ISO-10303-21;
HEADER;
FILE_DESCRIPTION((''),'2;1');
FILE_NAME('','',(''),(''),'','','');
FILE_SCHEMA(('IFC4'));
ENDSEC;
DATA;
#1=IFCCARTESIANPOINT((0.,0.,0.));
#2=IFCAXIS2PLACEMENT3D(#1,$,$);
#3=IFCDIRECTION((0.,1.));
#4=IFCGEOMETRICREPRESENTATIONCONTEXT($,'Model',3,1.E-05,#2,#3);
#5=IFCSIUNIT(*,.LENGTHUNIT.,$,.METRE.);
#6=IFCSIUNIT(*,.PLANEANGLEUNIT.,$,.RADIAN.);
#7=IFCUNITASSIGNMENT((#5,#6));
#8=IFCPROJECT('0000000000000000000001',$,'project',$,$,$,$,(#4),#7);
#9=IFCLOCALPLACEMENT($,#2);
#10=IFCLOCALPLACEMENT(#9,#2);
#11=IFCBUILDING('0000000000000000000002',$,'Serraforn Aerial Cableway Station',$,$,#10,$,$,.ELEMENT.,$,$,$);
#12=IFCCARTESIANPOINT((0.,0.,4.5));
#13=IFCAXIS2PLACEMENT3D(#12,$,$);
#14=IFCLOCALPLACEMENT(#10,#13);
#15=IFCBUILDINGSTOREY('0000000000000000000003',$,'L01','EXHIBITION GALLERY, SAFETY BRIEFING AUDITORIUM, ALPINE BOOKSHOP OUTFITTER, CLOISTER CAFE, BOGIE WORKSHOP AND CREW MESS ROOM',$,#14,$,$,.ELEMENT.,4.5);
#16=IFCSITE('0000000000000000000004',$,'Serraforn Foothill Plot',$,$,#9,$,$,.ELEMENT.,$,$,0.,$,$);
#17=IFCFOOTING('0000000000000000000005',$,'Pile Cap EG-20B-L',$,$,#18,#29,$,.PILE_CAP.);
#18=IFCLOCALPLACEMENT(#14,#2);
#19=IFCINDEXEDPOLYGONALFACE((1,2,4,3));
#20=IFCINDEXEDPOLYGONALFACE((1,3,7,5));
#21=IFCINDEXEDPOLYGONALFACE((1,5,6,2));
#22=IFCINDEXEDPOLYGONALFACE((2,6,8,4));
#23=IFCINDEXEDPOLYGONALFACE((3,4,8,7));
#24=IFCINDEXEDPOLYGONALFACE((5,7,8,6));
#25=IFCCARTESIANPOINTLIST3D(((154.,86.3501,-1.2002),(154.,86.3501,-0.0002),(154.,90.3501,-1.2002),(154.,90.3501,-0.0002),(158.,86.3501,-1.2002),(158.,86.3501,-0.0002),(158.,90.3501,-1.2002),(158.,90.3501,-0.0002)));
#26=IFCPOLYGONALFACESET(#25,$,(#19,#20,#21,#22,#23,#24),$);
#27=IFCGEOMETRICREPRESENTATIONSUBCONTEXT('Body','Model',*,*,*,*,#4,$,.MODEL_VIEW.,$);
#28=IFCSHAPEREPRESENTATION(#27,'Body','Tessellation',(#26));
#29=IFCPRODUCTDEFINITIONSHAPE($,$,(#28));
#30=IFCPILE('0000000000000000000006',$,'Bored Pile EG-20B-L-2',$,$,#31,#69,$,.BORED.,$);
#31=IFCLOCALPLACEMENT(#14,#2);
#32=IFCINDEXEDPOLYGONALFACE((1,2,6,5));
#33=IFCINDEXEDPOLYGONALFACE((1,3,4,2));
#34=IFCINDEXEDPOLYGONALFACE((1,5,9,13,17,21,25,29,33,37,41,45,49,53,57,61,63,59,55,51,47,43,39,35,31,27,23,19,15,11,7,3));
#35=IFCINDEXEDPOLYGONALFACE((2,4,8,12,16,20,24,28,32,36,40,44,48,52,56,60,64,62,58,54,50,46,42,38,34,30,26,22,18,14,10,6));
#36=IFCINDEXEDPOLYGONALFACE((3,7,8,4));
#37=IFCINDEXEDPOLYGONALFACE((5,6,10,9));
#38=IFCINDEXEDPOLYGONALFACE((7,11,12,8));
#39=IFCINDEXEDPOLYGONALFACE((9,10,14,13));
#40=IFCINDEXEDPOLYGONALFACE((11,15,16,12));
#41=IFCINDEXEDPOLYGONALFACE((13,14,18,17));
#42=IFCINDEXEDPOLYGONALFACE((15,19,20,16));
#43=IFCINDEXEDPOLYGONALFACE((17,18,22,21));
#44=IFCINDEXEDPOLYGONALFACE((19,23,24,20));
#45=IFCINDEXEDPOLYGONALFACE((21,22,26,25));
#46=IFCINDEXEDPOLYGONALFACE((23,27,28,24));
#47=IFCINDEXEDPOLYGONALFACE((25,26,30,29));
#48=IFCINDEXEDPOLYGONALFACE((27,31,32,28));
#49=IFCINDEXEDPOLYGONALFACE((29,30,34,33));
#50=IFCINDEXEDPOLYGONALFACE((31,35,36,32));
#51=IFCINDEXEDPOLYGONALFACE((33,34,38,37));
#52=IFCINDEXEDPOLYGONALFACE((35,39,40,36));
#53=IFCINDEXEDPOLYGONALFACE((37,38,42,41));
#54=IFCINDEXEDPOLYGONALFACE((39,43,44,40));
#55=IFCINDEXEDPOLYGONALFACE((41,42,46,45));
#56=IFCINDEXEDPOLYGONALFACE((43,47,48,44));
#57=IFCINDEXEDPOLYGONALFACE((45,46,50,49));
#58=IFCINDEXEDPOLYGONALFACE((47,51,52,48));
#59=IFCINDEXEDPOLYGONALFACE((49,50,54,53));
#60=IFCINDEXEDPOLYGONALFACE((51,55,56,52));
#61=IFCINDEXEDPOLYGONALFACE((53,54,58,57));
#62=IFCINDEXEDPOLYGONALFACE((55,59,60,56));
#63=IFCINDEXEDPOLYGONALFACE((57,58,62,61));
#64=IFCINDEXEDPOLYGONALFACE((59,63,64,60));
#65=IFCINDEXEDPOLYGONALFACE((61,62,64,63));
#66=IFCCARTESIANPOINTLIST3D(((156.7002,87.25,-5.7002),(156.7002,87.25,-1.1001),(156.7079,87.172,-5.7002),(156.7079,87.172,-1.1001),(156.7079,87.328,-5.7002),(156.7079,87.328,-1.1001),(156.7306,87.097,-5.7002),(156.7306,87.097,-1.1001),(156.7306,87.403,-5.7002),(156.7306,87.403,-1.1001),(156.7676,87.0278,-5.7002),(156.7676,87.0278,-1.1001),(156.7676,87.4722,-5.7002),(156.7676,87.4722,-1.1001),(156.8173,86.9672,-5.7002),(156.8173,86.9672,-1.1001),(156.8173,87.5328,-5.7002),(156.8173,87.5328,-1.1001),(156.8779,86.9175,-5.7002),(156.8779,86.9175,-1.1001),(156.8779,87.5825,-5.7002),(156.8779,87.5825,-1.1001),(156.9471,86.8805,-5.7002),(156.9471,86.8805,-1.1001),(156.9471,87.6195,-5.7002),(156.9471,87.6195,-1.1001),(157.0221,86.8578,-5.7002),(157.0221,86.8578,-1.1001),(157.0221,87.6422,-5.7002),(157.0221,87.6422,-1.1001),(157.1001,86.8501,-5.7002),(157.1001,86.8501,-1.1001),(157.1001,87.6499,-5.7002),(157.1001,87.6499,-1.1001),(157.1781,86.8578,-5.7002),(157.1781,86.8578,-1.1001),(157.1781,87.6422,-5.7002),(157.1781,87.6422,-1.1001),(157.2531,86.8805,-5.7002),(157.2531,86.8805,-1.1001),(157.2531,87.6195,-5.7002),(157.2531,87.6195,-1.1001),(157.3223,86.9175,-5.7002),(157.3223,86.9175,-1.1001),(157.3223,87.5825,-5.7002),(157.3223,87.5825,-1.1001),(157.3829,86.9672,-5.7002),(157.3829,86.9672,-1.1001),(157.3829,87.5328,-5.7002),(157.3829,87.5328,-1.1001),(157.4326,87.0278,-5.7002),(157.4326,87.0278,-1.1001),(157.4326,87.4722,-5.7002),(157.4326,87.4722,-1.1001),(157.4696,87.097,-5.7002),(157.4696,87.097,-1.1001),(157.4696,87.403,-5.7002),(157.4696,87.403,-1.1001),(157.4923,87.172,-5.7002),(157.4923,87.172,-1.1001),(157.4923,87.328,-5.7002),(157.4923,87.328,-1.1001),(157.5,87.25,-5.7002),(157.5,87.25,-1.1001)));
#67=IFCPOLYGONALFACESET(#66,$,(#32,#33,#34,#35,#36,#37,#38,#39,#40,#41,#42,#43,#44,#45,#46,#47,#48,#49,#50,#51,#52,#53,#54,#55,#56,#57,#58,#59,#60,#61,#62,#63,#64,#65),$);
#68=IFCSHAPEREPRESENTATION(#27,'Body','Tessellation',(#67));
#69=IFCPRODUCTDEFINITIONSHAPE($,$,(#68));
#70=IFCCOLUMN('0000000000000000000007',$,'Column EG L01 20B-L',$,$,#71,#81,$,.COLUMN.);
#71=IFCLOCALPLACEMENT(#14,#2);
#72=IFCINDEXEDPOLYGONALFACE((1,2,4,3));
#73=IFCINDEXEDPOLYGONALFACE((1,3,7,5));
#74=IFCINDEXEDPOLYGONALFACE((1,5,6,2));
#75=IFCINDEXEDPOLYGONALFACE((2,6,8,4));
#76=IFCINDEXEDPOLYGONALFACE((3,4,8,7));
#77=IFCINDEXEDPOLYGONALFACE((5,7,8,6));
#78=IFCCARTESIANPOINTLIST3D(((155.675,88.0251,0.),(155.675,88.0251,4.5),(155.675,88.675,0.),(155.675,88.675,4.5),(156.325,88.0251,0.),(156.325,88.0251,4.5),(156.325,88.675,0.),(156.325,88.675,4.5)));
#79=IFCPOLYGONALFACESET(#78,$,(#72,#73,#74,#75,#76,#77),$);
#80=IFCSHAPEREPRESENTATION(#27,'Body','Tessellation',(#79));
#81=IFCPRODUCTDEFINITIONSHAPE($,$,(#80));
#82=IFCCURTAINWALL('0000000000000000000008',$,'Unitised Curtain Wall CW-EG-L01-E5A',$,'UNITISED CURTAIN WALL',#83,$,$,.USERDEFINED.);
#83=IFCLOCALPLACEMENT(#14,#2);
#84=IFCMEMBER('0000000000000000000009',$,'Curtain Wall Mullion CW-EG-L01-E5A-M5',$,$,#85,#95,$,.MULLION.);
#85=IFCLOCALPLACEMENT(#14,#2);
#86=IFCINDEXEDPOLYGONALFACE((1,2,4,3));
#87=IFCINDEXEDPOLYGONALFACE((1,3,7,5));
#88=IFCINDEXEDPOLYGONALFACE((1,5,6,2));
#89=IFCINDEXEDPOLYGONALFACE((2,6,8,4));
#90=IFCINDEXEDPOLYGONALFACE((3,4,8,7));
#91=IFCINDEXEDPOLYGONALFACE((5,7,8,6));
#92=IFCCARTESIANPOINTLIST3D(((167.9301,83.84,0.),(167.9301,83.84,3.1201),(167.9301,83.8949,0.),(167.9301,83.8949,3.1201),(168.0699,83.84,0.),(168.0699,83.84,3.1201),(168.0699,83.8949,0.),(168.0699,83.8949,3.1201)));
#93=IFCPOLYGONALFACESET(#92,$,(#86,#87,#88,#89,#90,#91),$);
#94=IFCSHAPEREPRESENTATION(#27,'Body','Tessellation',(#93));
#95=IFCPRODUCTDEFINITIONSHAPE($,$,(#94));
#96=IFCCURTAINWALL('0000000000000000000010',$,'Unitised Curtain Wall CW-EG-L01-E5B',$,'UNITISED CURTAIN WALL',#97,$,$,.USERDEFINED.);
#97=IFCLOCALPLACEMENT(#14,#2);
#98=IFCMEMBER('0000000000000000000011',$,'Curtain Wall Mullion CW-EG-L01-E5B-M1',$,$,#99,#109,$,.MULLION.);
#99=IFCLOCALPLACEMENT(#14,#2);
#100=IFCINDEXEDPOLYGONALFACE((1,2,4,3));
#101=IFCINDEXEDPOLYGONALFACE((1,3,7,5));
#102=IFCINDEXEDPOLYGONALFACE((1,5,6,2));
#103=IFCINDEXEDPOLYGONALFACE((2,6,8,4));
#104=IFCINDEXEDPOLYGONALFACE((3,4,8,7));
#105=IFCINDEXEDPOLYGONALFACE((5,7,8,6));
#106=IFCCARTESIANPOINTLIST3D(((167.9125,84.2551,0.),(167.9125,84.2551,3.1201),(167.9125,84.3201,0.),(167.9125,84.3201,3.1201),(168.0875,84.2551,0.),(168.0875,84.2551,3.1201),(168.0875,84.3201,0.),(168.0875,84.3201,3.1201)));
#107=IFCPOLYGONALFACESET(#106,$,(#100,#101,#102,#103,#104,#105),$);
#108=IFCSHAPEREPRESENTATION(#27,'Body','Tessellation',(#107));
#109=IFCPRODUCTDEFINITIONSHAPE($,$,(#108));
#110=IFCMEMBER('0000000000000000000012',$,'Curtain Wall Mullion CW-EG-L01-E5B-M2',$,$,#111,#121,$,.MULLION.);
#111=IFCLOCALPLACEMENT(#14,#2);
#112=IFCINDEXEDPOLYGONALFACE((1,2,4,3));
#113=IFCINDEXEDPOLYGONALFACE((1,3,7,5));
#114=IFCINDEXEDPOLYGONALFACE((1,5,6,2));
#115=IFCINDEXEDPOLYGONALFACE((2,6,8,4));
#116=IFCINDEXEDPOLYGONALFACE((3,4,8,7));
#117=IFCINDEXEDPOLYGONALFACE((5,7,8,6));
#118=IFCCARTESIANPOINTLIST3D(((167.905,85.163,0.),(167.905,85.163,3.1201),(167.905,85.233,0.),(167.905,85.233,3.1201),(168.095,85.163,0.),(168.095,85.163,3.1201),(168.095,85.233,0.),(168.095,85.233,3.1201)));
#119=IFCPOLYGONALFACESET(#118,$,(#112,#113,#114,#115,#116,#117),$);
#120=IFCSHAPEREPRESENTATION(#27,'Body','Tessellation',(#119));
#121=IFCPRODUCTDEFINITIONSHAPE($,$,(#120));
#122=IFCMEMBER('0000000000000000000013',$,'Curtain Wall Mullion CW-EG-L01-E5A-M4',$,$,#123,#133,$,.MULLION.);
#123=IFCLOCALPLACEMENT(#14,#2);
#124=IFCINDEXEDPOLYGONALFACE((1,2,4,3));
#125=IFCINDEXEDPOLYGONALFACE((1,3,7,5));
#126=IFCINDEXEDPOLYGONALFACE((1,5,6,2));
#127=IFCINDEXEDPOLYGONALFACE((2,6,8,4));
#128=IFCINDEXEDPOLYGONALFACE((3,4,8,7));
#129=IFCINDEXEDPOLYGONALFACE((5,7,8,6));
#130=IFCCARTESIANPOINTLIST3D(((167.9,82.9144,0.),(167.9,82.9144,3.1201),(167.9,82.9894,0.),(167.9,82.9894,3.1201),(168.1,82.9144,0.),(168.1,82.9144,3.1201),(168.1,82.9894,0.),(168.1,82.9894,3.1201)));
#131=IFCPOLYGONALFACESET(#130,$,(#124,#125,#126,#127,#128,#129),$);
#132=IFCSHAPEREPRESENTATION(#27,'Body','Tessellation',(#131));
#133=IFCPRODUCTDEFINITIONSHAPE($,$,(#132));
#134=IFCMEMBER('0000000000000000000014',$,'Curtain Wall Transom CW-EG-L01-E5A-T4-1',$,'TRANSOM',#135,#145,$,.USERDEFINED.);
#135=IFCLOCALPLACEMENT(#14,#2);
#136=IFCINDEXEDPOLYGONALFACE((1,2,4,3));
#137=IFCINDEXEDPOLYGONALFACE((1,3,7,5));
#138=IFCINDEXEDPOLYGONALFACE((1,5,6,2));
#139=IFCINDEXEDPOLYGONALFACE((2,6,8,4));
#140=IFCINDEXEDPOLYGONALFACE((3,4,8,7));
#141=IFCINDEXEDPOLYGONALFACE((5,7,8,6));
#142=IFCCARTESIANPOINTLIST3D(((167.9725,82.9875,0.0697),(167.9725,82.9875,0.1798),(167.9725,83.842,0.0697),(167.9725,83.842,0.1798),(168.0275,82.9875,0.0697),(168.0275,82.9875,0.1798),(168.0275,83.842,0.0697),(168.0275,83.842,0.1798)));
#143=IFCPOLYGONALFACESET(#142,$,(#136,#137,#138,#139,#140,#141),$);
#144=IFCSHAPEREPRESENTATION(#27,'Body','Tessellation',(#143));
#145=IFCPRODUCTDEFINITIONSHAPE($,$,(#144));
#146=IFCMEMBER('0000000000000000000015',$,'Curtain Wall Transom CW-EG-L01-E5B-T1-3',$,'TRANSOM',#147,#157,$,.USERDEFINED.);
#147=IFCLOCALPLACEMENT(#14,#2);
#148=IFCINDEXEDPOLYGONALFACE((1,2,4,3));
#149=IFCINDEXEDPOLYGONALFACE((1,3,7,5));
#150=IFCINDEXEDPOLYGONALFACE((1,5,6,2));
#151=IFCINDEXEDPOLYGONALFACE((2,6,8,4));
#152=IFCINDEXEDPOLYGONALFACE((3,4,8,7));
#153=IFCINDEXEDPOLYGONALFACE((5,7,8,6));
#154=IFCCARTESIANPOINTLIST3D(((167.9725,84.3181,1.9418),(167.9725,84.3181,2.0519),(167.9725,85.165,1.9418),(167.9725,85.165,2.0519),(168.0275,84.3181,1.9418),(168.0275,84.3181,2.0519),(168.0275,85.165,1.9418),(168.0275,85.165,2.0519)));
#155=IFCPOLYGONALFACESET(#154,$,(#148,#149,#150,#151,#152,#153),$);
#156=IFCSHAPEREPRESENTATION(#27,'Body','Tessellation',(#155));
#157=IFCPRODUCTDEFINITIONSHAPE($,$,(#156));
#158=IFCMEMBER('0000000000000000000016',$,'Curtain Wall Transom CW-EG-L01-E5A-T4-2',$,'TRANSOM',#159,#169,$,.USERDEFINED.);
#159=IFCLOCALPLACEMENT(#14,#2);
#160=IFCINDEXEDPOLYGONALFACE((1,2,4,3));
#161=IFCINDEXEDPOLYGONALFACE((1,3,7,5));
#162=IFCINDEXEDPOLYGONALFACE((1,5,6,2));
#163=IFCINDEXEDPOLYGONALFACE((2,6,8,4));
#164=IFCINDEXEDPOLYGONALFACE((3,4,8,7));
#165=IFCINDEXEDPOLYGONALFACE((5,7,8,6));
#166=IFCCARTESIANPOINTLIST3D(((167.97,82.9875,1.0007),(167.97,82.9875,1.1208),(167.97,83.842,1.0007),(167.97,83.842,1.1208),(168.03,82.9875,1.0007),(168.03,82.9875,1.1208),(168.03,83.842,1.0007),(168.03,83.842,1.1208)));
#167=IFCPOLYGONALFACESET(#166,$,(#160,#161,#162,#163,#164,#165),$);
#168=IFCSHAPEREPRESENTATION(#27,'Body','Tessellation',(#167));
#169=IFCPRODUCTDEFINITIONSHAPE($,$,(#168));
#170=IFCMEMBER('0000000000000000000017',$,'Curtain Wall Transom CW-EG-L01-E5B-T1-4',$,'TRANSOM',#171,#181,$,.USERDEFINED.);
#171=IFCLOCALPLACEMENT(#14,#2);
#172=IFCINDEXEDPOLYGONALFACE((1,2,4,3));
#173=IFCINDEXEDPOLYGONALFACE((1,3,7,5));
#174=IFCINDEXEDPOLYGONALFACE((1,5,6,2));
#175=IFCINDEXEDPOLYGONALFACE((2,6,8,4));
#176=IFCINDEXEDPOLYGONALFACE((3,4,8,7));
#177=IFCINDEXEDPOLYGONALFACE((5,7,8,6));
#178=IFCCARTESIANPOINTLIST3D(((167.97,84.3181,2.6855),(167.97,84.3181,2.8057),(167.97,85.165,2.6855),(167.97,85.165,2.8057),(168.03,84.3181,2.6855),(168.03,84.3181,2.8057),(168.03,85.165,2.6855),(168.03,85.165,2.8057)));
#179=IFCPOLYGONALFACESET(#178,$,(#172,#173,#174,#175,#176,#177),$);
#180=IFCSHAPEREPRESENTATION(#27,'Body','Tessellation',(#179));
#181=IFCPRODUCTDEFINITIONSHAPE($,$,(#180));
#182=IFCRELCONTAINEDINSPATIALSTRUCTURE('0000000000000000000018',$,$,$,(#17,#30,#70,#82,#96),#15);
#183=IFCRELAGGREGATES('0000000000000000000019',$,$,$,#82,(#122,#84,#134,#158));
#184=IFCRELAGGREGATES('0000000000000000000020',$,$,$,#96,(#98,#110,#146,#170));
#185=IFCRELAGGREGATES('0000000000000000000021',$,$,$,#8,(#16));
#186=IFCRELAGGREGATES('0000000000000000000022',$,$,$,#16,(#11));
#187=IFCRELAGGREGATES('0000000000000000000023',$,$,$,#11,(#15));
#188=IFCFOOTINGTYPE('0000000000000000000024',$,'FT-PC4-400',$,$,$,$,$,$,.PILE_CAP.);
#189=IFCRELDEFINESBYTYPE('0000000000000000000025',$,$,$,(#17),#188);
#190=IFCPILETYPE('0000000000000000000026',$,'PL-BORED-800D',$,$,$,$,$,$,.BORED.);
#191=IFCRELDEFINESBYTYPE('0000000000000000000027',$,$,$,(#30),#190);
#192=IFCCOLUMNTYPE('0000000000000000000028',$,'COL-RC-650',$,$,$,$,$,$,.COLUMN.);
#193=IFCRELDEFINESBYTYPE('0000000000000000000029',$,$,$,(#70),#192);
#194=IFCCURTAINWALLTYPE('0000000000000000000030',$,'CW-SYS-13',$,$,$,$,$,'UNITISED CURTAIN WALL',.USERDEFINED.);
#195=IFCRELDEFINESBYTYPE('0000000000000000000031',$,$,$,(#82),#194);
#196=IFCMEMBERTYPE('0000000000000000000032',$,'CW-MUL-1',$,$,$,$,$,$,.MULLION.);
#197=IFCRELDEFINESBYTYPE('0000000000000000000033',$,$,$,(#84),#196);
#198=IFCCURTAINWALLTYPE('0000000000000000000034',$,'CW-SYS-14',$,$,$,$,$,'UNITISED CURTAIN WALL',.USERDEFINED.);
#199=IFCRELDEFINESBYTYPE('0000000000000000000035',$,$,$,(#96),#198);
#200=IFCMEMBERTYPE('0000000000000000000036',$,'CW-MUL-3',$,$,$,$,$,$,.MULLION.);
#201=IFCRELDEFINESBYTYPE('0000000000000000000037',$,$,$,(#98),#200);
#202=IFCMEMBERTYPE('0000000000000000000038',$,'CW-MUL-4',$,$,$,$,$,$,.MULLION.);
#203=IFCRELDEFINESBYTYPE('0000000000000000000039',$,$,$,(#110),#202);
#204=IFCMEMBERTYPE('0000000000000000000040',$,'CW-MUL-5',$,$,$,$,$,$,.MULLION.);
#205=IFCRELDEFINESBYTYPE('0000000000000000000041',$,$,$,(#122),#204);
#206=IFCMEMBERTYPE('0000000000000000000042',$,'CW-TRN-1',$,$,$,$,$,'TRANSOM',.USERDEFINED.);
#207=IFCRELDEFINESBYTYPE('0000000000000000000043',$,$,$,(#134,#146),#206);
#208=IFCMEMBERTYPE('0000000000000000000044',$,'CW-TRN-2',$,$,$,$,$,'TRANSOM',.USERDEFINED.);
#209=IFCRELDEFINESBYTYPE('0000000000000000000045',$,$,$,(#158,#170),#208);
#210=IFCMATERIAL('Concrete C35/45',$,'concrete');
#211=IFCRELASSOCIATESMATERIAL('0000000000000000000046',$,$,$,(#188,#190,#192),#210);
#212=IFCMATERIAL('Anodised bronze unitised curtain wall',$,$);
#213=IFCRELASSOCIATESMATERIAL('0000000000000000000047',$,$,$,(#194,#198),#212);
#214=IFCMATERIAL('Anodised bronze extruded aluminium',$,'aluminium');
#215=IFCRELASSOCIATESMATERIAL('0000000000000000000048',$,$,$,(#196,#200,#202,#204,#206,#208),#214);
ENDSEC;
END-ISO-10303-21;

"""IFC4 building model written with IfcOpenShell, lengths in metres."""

from ifc_helpers import new_model, si_unit, direction, frame, origin, origin_2d, place, context, subcontext, project, spatial, rectangle, circle, extrude, material, material_profile, profile_set, type_object, element, aggregate, save


model = new_model("IFC4")

# Units and contexts
model_context = context("Model", 3, precision=1e-05, world=origin(), true_north=direction((0.0, 1.0)))
body_context = subcontext(model_context, "Body", "Model", "MODEL_VIEW")
ifc_project = project(units=[si_unit("LENGTHUNIT", "METRE"), si_unit("PLANEANGLEUNIT", "RADIAN")], contexts=[model_context])

# Site, building, storey
site_placement = place(None, origin())
site = spatial("IfcSite", under=ifc_project, at=site_placement, Name="Serraforn Foothill Plot", CompositionType="ELEMENT", RefElevation=0.0)
building_placement = place(site_placement, origin())
building = spatial("IfcBuilding", under=site, at=building_placement, Name="Serraforn Aerial Cableway Station", CompositionType="ELEMENT")
storey_placement = place(building_placement, frame((0.0, 0.0, 4.5)))
storey = spatial("IfcBuildingStorey", under=building, at=storey_placement, Name="L01", Description="EXHIBITION GALLERY, SAFETY BRIEFING AUDITORIUM, ALPINE BOOKSHOP OUTFITTER, CLOISTER CAFE, BOGIE WORKSHOP AND CREW MESS ROOM", CompositionType="ELEMENT", Elevation=4.5)

# Footing
ifc_material_1 = material(Name="Concrete C35/45", Category="concrete")
footing_type = type_object("IfcFootingType", Name="FT-PC4-400", PredefinedType="PILE_CAP", material=ifc_material_1)
footing_placement = place(storey_placement, frame((156.0, 88.3501, -1.2002), z_axis=(0.0, 0.0, 1.0), x_axis=(1.0, 0.0, 0.0)))
element("IfcFooting", 1, at=footing_placement, inside=storey, type_object=footing_type, Name="Pile Cap EG-20B-L", PredefinedType="PILE_CAP", context=body_context, shape_type="SweptSolid", body=[
    extrude(rectangle(XDim=4.0, YDim=4.0, at=origin_2d()), origin(), (0.0, 0.0, 1.0), 1.2),
])

# Pile
ifc_material_profile_1 = material_profile(ifc_material_1, circle(Radius=0.3999, at=origin_2d()), Name="BORED PILE D800")
ifc_profile_set_1 = profile_set([ifc_material_profile_1], Name="Concrete C35/45")
pile_type = type_object("IfcPileType", Name="PL-BORED-800D", PredefinedType="BORED", material=ifc_profile_set_1)
pile_placement = place(storey_placement, frame((157.1001, 87.25, -1.1001), z_axis=(0.0, 0.0, -1.0), x_axis=(1.0, 0.0, 0.0)))
element("IfcPile", 2, at=pile_placement, inside=storey, type_object=pile_type, Name="Bored Pile EG-20B-L-2", PredefinedType="BORED", context=body_context, shape_type="SweptSolid", body=[
    extrude(circle(Radius=0.3999, at=origin_2d()), origin(), (0.0, 0.0, 1.0), 4.6001),
])

# Column
ifc_material_profile_2 = material_profile(ifc_material_1, rectangle(XDim=0.6499, YDim=0.6499, at=origin_2d()), Name="RC 650x650")
ifc_profile_set_2 = profile_set([ifc_material_profile_2], Name="Concrete C35/45")
column_type = type_object("IfcColumnType", Name="COL-RC-650", PredefinedType="COLUMN", material=ifc_profile_set_2)
column_placement = place(storey_placement, frame((156.0, 88.3501, 0.0), z_axis=(0.0, 0.0, 1.0), x_axis=(1.0, 0.0, 0.0)))
element("IfcColumn", 3, at=column_placement, inside=storey, type_object=column_type, Name="Column EG L01 20B-L", PredefinedType="COLUMN", context=body_context, shape_type="SweptSolid", body=[
    extrude(rectangle(XDim=0.6499, YDim=0.6499, at=origin_2d()), origin(), (0.0, 0.0, 1.0), 4.5),
])

# Curtain wall, member
ifc_material_2 = material(Name="Anodised bronze unitised curtain wall")
curtain_wall_type_1 = type_object("IfcCurtainWallType", Name="CW-SYS-13", ElementType="UNITISED CURTAIN WALL", PredefinedType="USERDEFINED", material=ifc_material_2)
curtain_wall_1_placement = place(storey_placement, origin())
curtain_wall_1 = element("IfcCurtainWall", 4, at=curtain_wall_1_placement, inside=storey, type_object=curtain_wall_type_1, Name="Unitised Curtain Wall CW-EG-L01-E5A", ObjectType="UNITISED CURTAIN WALL", PredefinedType="USERDEFINED")
ifc_material_3 = material(Name="Anodised bronze extruded aluminium", Category="aluminium")
ifc_material_profile_3 = material_profile(ifc_material_3, rectangle(XDim=0.0549, YDim=0.1399, at=origin_2d()), Name="CW MULLION 55x140")
ifc_profile_set_3 = profile_set([ifc_material_profile_3], Name="Anodised bronze extruded aluminium")
member_type_1 = type_object("IfcMemberType", Name="CW-MUL-1", PredefinedType="MULLION", material=ifc_profile_set_3)
member_1_placement = place(storey_placement, frame((168.0, 83.8674, 0.0), z_axis=(0.0, 0.0, 1.0), x_axis=(0.0, 1.0, 0.0)))
member_1 = element("IfcMember", 5, at=member_1_placement, type_object=member_type_1, Name="Curtain Wall Mullion CW-EG-L01-E5A-M5", PredefinedType="MULLION", context=body_context, shape_type="SweptSolid", body=[
    extrude(rectangle(XDim=0.0549, YDim=0.1399, at=origin_2d()), origin(), (0.0, 0.0, 1.0), 3.1201),
])

# Curtain wall, members
curtain_wall_type_2 = type_object("IfcCurtainWallType", Name="CW-SYS-14", ElementType="UNITISED CURTAIN WALL", PredefinedType="USERDEFINED", material=ifc_material_2)
curtain_wall_2_placement = place(storey_placement, origin())
curtain_wall_2 = element("IfcCurtainWall", 6, at=curtain_wall_2_placement, inside=storey, type_object=curtain_wall_type_2, Name="Unitised Curtain Wall CW-EG-L01-E5B", ObjectType="UNITISED CURTAIN WALL", PredefinedType="USERDEFINED")
ifc_material_profile_4 = material_profile(ifc_material_3, rectangle(XDim=0.0649, YDim=0.175, at=origin_2d()), Name="CW MULLION 65x175")
ifc_profile_set_4 = profile_set([ifc_material_profile_4], Name="Anodised bronze extruded aluminium")
member_type_2 = type_object("IfcMemberType", Name="CW-MUL-3", PredefinedType="MULLION", material=ifc_profile_set_4)
member_2_placement = place(storey_placement, frame((168.0, 84.2876, 0.0), z_axis=(0.0, 0.0, 1.0), x_axis=(0.0, 1.0, 0.0)))
member_2 = element("IfcMember", 7, at=member_2_placement, type_object=member_type_2, Name="Curtain Wall Mullion CW-EG-L01-E5B-M1", PredefinedType="MULLION", context=body_context, shape_type="SweptSolid", body=[
    extrude(rectangle(XDim=0.0649, YDim=0.175, at=origin_2d()), origin(), (0.0, 0.0, 1.0), 3.1201),
])
ifc_material_profile_5 = material_profile(ifc_material_3, rectangle(XDim=0.0701, YDim=0.1899, at=origin_2d()), Name="CW MULLION 70x190")
ifc_profile_set_5 = profile_set([ifc_material_profile_5], Name="Anodised bronze extruded aluminium")
member_type_3 = type_object("IfcMemberType", Name="CW-MUL-4", PredefinedType="MULLION", material=ifc_profile_set_5)
member_3_placement = place(storey_placement, frame((168.0, 85.198, 0.0), z_axis=(0.0, 0.0, 1.0), x_axis=(0.0, 1.0, 0.0)))
member_3 = element("IfcMember", 8, at=member_3_placement, type_object=member_type_3, Name="Curtain Wall Mullion CW-EG-L01-E5B-M2", PredefinedType="MULLION", context=body_context, shape_type="SweptSolid", body=[
    extrude(rectangle(XDim=0.0701, YDim=0.1899, at=origin_2d()), origin(), (0.0, 0.0, 1.0), 3.1201),
])

# Members
ifc_material_profile_6 = material_profile(ifc_material_3, rectangle(XDim=0.075, YDim=0.2, at=origin_2d()), Name="CW MULLION 75x200")
ifc_profile_set_6 = profile_set([ifc_material_profile_6], Name="Anodised bronze extruded aluminium")
member_type_4 = type_object("IfcMemberType", Name="CW-MUL-5", PredefinedType="MULLION", material=ifc_profile_set_6)
member_4_placement = place(storey_placement, frame((168.0, 82.9519, 0.0), z_axis=(0.0, 0.0, 1.0), x_axis=(0.0, 1.0, 0.0)))
member_4 = element("IfcMember", 9, at=member_4_placement, type_object=member_type_4, Name="Curtain Wall Mullion CW-EG-L01-E5A-M4", PredefinedType="MULLION", context=body_context, shape_type="SweptSolid", body=[
    extrude(rectangle(XDim=0.075, YDim=0.2, at=origin_2d()), origin(), (0.0, 0.0, 1.0), 3.1201),
])
ifc_material_profile_7 = material_profile(ifc_material_3, rectangle(XDim=0.0549, YDim=0.1101, at=origin_2d()), Name="CW TRANSOM 55x110")
ifc_profile_set_7 = profile_set([ifc_material_profile_7], Name="Anodised bronze extruded aluminium")
member_type_5 = type_object("IfcMemberType", Name="CW-TRN-1", ElementType="TRANSOM", PredefinedType="USERDEFINED", material=ifc_profile_set_7)
member_5_placement = place(storey_placement, frame((168.0, 82.9875, 0.1248), z_axis=(0.0, 1.0, 0.0), x_axis=(-1.0, 0.0, 0.0)))
member_5 = element("IfcMember", 10, at=member_5_placement, type_object=member_type_5, Name="Curtain Wall Transom CW-EG-L01-E5A-T4-1", ObjectType="TRANSOM", PredefinedType="USERDEFINED", context=body_context, shape_type="SweptSolid", body=[
    extrude(rectangle(XDim=0.0549, YDim=0.1101, at=origin_2d()), origin(), (0.0, 0.0, 1.0), 0.8545),
])
member_6_placement = place(storey_placement, frame((168.0, 84.3181, 1.9968), z_axis=(0.0, 1.0, 0.0), x_axis=(-1.0, 0.0, 0.0)))
member_6 = element("IfcMember", 11, at=member_6_placement, type_object=member_type_5, Name="Curtain Wall Transom CW-EG-L01-E5B-T1-3", ObjectType="TRANSOM", PredefinedType="USERDEFINED", context=body_context, shape_type="SweptSolid", body=[
    extrude(rectangle(XDim=0.0549, YDim=0.1101, at=origin_2d()), origin(), (0.0, 0.0, 1.0), 0.8469),
])
ifc_material_profile_8 = material_profile(ifc_material_3, rectangle(XDim=0.0601, YDim=0.1201, at=origin_2d()), Name="CW TRANSOM 60x120")
ifc_profile_set_8 = profile_set([ifc_material_profile_8], Name="Anodised bronze extruded aluminium")
member_type_6 = type_object("IfcMemberType", Name="CW-TRN-2", ElementType="TRANSOM", PredefinedType="USERDEFINED", material=ifc_profile_set_8)
member_7_placement = place(storey_placement, frame((168.0, 82.9875, 1.0608), z_axis=(0.0, 1.0, 0.0), x_axis=(-1.0, 0.0, 0.0)))
member_7 = element("IfcMember", 12, at=member_7_placement, type_object=member_type_6, Name="Curtain Wall Transom CW-EG-L01-E5A-T4-2", ObjectType="TRANSOM", PredefinedType="USERDEFINED", context=body_context, shape_type="SweptSolid", body=[
    extrude(rectangle(XDim=0.0601, YDim=0.1201, at=origin_2d()), origin(), (0.0, 0.0, 1.0), 0.8545),
])
member_8_placement = place(storey_placement, frame((168.0, 84.3181, 2.7456), z_axis=(0.0, 1.0, 0.0), x_axis=(-1.0, 0.0, 0.0)))
member_8 = element("IfcMember", 13, at=member_8_placement, type_object=member_type_6, Name="Curtain Wall Transom CW-EG-L01-E5B-T1-4", ObjectType="TRANSOM", PredefinedType="USERDEFINED", context=body_context, shape_type="SweptSolid", body=[
    extrude(rectangle(XDim=0.0601, YDim=0.1201, at=origin_2d()), origin(), (0.0, 0.0, 1.0), 0.8469),
])

aggregate(curtain_wall_1, [member_4, member_1, member_5, member_7])
aggregate(curtain_wall_2, [member_2, member_3, member_6, member_8])

save(model, "model.ifc")
